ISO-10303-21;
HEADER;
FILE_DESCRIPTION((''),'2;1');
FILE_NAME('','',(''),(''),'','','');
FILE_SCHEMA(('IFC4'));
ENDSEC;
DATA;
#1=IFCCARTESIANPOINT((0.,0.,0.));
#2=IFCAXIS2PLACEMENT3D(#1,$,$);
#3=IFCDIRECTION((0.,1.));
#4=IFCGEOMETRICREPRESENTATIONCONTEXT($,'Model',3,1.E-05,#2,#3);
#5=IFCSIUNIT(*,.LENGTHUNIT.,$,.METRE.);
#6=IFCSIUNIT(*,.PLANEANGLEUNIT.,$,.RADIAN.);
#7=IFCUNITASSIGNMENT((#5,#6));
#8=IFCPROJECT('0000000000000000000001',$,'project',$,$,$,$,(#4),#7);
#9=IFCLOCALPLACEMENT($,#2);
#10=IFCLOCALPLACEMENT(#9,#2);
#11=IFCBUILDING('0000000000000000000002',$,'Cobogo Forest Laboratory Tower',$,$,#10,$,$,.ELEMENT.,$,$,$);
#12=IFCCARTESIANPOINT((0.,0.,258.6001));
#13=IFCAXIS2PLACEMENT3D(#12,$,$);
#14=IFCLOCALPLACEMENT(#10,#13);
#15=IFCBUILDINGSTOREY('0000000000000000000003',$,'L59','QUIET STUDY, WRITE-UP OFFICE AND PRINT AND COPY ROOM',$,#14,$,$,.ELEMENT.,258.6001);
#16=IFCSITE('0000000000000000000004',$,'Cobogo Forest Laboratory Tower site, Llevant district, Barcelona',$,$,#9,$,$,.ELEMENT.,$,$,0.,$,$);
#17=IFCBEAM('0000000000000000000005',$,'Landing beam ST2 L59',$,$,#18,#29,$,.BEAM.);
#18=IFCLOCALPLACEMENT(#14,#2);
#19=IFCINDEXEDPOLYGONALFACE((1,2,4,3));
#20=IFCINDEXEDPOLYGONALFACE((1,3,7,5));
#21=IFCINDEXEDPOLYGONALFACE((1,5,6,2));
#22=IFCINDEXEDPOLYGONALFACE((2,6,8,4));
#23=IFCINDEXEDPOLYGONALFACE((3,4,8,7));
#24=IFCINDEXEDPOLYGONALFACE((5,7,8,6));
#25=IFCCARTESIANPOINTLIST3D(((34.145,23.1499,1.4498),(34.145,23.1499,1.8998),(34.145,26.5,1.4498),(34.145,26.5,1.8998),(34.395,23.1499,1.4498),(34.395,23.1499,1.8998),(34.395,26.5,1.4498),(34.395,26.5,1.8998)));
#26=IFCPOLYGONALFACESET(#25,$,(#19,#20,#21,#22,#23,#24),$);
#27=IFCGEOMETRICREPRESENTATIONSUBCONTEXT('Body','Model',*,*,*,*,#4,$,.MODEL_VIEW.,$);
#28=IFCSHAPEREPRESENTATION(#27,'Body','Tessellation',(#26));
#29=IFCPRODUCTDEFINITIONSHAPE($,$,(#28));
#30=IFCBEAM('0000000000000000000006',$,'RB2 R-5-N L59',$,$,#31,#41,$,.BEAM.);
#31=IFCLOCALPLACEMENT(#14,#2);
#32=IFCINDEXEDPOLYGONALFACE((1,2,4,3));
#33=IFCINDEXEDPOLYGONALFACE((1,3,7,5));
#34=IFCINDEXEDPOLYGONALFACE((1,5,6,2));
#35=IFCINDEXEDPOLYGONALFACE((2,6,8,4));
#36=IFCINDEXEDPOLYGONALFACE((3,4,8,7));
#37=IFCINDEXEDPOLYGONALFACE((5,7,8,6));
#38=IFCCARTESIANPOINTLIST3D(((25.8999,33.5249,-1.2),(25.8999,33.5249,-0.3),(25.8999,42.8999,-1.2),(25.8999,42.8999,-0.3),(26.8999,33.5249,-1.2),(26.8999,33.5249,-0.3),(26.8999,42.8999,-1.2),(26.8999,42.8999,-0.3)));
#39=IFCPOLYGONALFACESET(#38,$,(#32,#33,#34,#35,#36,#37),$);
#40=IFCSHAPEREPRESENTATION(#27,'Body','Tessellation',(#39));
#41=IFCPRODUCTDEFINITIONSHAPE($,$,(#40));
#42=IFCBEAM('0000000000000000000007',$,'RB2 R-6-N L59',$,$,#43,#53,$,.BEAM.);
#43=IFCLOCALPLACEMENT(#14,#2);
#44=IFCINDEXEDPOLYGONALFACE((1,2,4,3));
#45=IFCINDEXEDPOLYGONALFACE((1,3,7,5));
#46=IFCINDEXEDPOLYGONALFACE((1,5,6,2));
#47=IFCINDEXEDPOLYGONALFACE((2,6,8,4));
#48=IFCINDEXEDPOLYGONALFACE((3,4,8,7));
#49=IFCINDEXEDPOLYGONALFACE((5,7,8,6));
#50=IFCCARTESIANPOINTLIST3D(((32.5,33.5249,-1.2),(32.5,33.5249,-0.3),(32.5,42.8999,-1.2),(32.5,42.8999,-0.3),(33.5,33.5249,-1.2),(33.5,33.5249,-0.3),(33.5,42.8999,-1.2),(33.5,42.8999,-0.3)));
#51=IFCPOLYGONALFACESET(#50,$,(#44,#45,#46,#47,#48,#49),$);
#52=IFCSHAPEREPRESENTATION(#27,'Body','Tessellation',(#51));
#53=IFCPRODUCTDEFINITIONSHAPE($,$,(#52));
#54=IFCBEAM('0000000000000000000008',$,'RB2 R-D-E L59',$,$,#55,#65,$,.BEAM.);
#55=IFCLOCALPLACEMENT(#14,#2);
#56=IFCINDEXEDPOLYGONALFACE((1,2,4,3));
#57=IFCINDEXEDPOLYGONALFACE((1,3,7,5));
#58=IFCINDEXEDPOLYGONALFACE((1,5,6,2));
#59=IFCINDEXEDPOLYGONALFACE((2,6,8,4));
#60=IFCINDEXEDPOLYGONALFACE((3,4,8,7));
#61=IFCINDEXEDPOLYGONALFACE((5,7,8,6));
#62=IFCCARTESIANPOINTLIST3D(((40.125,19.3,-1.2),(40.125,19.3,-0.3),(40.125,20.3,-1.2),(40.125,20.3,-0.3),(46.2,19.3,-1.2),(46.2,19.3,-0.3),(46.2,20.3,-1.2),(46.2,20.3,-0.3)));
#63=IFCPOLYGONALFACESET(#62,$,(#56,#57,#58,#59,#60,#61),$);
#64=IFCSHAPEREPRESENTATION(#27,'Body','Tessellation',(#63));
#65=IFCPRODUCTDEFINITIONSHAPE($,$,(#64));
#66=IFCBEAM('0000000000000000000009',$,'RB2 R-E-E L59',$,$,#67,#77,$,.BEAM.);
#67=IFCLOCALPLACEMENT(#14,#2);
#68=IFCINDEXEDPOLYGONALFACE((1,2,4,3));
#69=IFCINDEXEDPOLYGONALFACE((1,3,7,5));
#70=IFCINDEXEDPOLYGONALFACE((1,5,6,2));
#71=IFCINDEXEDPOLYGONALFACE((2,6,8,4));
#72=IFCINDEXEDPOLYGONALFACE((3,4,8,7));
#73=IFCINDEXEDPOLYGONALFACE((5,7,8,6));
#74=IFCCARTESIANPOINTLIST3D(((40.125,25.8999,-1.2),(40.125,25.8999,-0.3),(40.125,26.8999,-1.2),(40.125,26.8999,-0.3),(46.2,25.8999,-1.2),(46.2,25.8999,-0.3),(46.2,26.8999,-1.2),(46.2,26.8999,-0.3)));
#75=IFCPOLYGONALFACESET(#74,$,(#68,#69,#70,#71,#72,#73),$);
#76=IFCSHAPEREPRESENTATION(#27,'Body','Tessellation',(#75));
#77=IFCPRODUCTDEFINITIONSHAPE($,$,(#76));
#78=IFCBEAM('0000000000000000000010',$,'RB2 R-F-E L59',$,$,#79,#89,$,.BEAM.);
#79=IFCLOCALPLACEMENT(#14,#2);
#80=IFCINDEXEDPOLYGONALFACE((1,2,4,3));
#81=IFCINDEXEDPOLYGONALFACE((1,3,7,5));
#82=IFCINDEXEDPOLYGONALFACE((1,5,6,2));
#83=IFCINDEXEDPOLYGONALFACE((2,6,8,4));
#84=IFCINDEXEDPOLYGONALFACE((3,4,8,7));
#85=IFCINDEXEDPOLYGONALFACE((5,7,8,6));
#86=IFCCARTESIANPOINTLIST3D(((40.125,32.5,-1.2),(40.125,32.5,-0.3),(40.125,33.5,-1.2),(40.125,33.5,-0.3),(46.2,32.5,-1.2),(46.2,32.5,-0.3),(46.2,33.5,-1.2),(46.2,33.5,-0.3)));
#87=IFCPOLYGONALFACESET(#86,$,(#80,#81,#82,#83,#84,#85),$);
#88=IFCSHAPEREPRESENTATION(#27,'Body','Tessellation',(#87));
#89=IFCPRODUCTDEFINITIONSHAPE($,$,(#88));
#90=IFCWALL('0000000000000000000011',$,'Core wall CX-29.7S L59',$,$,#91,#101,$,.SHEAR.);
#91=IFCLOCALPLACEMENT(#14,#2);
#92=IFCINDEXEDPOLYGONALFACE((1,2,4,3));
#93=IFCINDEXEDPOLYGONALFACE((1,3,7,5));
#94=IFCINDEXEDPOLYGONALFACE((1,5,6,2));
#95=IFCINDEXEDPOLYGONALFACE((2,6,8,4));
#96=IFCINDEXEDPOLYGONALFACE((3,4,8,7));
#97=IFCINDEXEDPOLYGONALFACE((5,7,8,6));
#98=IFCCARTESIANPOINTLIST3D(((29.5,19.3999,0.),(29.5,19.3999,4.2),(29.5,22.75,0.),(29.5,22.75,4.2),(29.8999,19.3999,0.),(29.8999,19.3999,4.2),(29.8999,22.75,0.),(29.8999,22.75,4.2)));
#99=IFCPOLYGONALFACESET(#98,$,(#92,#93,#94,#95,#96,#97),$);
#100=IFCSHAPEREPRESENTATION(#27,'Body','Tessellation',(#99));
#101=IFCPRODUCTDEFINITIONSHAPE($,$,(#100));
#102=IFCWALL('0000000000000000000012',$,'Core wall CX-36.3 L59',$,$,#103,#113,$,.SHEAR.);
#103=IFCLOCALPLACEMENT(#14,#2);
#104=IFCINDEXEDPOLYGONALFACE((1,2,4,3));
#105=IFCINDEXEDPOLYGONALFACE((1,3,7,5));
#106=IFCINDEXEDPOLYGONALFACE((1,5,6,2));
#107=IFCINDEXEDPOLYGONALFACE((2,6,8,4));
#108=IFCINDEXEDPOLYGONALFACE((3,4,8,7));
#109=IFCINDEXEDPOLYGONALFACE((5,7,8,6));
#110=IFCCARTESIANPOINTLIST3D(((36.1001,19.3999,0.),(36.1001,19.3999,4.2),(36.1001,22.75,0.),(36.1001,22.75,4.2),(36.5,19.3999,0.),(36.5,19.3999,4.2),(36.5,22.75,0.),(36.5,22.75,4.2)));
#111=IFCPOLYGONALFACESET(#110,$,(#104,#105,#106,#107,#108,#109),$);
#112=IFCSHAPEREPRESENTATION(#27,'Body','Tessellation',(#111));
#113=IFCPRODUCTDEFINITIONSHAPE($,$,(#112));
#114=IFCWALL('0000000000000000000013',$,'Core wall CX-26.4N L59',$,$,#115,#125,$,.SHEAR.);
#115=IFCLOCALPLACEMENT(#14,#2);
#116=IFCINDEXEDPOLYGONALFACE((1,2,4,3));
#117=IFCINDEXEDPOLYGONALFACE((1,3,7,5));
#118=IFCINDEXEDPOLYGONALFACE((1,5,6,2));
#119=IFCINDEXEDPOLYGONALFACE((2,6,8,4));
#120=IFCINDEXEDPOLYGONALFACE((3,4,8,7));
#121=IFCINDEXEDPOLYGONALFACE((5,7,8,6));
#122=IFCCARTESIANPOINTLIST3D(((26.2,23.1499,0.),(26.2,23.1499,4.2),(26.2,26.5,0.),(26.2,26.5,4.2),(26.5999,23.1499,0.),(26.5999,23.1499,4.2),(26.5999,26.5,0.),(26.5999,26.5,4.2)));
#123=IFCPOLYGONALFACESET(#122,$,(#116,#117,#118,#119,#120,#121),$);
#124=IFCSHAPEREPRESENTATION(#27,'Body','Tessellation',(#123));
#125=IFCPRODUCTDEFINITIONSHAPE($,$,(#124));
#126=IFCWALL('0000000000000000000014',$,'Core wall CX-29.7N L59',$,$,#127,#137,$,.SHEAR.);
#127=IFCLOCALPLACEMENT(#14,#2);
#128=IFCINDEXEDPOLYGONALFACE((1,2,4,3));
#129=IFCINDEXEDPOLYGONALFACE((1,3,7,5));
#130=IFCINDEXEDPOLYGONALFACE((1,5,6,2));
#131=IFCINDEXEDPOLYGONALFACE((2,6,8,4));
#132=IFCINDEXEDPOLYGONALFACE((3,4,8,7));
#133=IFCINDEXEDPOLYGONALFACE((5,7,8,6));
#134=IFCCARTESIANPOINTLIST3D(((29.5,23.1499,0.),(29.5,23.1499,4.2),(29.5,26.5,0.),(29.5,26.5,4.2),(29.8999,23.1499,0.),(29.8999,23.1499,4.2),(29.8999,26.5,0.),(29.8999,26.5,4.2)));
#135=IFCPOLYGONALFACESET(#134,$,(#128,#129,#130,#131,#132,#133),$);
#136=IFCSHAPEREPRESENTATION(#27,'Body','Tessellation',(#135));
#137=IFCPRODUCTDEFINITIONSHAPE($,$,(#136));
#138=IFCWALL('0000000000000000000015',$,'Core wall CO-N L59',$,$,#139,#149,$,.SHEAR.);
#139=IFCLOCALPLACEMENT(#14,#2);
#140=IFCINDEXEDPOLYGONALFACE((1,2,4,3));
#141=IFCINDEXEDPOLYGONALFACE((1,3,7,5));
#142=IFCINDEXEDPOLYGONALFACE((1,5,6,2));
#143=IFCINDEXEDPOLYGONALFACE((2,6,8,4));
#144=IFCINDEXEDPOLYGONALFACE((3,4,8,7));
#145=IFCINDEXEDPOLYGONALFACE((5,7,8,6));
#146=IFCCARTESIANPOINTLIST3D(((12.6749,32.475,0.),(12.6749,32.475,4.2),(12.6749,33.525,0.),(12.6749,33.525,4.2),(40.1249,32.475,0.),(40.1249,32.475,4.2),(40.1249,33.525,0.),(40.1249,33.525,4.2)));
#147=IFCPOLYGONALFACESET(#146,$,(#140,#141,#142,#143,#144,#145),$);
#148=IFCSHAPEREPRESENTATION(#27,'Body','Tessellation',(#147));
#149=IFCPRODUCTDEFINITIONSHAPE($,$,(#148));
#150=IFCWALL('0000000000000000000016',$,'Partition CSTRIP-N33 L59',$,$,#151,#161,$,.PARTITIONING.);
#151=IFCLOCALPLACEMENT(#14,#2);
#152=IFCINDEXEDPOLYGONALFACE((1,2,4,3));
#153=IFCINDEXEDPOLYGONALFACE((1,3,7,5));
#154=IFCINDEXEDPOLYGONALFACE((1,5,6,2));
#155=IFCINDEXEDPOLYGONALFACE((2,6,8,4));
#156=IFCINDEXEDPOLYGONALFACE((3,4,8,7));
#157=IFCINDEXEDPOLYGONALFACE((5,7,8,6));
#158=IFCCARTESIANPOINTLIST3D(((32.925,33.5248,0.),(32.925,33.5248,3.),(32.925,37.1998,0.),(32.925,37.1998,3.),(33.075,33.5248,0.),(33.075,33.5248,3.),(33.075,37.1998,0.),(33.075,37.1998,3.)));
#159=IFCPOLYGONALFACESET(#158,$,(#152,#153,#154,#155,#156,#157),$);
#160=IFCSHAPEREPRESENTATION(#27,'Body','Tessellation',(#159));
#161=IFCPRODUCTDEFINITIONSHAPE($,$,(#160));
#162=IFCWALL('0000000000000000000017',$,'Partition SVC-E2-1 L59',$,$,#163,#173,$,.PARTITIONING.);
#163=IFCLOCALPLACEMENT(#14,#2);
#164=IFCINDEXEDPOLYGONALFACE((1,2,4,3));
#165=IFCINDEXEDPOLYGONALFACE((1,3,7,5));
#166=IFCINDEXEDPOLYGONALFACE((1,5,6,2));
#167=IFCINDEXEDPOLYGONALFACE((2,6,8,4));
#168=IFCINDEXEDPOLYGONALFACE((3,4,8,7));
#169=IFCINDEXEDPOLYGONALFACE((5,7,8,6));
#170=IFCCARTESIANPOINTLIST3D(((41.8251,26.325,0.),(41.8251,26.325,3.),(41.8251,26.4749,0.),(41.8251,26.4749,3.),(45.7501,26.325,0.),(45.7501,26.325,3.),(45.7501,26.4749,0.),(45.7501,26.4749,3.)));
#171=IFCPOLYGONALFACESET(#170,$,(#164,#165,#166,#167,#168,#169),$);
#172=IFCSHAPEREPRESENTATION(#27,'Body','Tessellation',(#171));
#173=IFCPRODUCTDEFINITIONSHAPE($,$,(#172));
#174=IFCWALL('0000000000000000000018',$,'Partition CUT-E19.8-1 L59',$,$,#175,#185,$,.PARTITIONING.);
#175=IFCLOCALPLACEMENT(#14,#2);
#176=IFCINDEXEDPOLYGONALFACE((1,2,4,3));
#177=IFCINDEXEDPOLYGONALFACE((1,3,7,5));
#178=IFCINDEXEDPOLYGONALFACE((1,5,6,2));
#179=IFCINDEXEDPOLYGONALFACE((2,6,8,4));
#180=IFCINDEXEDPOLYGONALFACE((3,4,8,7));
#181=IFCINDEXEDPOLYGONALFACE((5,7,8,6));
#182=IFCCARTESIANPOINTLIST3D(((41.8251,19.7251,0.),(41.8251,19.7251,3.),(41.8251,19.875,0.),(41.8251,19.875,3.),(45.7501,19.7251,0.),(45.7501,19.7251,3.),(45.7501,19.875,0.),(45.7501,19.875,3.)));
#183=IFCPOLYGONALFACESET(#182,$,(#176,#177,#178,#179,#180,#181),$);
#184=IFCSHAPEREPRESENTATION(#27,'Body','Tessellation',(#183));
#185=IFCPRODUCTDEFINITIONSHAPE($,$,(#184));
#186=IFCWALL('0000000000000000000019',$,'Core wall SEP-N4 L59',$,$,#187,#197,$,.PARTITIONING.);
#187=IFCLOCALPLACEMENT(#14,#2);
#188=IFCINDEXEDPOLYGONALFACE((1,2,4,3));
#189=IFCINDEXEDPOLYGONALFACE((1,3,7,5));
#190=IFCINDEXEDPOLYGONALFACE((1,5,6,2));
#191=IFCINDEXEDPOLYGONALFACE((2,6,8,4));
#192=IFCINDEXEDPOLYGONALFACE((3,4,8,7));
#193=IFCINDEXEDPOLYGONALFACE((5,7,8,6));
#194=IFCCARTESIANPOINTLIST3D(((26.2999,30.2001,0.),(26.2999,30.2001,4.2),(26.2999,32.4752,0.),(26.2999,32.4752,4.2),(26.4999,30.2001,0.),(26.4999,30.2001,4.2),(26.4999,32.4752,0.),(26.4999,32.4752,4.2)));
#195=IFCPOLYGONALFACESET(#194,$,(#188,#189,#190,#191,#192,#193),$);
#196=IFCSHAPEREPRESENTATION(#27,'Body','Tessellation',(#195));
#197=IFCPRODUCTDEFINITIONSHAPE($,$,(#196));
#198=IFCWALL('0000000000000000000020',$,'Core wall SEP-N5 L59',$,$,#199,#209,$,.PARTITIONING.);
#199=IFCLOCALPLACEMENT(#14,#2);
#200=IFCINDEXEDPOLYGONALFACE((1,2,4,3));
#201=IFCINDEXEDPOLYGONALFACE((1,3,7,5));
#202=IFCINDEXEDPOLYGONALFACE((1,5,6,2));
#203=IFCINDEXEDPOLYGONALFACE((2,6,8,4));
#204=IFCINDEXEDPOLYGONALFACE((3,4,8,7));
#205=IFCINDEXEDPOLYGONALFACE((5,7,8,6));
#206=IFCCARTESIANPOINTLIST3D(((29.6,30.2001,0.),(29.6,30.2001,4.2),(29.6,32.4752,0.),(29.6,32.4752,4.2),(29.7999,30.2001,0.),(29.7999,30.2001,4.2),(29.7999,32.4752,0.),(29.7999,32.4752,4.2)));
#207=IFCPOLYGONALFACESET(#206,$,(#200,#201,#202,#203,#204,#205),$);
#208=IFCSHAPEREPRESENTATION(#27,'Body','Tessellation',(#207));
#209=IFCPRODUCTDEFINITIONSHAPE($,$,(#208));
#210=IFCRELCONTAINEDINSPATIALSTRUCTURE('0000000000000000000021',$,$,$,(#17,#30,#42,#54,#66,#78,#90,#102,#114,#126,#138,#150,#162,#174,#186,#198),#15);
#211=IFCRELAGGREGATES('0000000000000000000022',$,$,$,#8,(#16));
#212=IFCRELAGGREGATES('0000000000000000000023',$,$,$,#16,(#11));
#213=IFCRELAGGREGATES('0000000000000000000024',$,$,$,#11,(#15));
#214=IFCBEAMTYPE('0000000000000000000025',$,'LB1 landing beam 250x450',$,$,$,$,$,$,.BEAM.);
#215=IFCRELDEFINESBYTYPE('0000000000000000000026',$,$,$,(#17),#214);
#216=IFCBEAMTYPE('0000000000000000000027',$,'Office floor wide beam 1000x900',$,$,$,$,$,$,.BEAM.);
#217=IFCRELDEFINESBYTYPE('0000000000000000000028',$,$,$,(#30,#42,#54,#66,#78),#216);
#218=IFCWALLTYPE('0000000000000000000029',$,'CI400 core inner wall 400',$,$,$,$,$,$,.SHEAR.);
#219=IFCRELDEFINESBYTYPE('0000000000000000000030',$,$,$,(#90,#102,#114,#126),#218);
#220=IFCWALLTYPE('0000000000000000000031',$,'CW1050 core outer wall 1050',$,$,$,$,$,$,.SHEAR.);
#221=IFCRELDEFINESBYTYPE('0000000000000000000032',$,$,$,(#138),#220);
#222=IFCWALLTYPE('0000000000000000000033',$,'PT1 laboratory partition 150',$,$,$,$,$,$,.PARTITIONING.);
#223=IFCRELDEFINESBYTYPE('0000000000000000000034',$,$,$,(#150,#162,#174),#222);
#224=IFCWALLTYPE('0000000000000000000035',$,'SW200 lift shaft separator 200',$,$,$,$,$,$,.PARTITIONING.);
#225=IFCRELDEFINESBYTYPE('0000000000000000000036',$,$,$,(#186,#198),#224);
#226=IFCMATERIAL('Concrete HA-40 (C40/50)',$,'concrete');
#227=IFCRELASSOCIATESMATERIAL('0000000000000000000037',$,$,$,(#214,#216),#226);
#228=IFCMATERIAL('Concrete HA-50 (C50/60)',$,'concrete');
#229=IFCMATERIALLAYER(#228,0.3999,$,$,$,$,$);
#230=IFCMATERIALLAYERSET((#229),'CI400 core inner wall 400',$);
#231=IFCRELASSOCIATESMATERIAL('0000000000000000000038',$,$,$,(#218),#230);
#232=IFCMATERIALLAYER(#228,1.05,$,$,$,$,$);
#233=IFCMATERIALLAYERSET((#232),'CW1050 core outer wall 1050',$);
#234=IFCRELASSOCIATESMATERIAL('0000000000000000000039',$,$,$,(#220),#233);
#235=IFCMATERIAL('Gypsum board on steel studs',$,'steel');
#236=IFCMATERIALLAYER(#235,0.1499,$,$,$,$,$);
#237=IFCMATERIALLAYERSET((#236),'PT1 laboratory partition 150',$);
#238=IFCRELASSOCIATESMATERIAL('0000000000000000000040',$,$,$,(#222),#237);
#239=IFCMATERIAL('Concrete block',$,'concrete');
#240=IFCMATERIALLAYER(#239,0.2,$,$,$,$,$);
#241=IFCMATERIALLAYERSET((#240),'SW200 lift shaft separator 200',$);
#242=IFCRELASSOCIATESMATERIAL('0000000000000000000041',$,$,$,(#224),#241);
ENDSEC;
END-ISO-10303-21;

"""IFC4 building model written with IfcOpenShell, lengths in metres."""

from ifc_helpers import new_model, si_unit, direction, frame, frame_2d, origin, origin_2d, place, context, subcontext, project, spatial, rectangle, extrude, material, layer, layer_set, material_profile, profile_set, type_object, element, save


model = new_model("IFC4")

# Units and contexts
model_context = context("Model", 3, precision=1e-05, world=origin(), true_north=direction((0.0, 1.0)))
body_context = subcontext(model_context, "Body", "Model", "MODEL_VIEW")
ifc_project = project(units=[si_unit("LENGTHUNIT", "METRE"), si_unit("PLANEANGLEUNIT", "RADIAN")], contexts=[model_context])

# Site, building, storey
site_placement = place(None, origin())
site = spatial("IfcSite", under=ifc_project, at=site_placement, Name="Cobogo Forest Laboratory Tower site, Llevant district, Barcelona", CompositionType="ELEMENT", RefElevation=0.0)
building_placement = place(site_placement, origin())
building = spatial("IfcBuilding", under=site, at=building_placement, Name="Cobogo Forest Laboratory Tower", CompositionType="ELEMENT")
storey_placement = place(building_placement, frame((0.0, 0.0, 258.6001)))
storey = spatial("IfcBuildingStorey", under=building, at=storey_placement, Name="L59", Description="QUIET STUDY, WRITE-UP OFFICE AND PRINT AND COPY ROOM", CompositionType="ELEMENT", Elevation=258.6001)

# Beams
ifc_material_1 = material(Name="Concrete HA-40 (C40/50)", Category="concrete")
ifc_material_profile_1 = material_profile(ifc_material_1, rectangle(XDim=0.25, YDim=0.45, at=origin_2d()), Name="RC 250x450")
ifc_profile_set_1 = profile_set([ifc_material_profile_1], Name="Concrete HA-40 (C40/50)")
beam_type_1 = type_object("IfcBeamType", Name="LB1 landing beam 250x450", PredefinedType="BEAM", material=ifc_profile_set_1)
beam_placement = place(storey_placement, frame((34.27, 23.1499, 1.6748), z_axis=(0.0, 1.0, 0.0), x_axis=(-1.0, 0.0, 0.0)))
element("IfcBeam", 1, at=beam_placement, inside=storey, type_object=beam_type_1, Name="Landing beam ST2 L59", PredefinedType="BEAM", context=body_context, shape_type="SweptSolid", body=[
    extrude(rectangle(XDim=0.25, YDim=0.45, at=origin_2d()), origin(), (0.0, 0.0, 1.0), 3.3501),
])
ifc_material_profile_2 = material_profile(ifc_material_1, rectangle(XDim=1.0, YDim=0.8999, at=origin_2d()), Name="RC 1000x900")
ifc_profile_set_2 = profile_set([ifc_material_profile_2], Name="Concrete HA-40 (C40/50)")
beam_type_2 = type_object("IfcBeamType", Name="Office floor wide beam 1000x900", PredefinedType="BEAM", material=ifc_profile_set_2)
for number, where, z_axis, x_axis, name in (
    (2, (26.3999, 33.5249, -0.75), (0.0, 1.0, 0.0), (-1.0, 0.0, 0.0), "RB2 R-5-N L59"),
    (3, (33.0, 33.5249, -0.75), (0.0, 1.0, 0.0), (-1.0, 0.0, 0.0), "RB2 R-6-N L59"),
):
    element("IfcBeam", number, at=place(storey_placement, frame(where, z_axis=z_axis, x_axis=x_axis)), inside=storey, type_object=beam_type_2, Name=name, PredefinedType="BEAM", context=body_context, shape_type="SweptSolid", body=[
        extrude(rectangle(XDim=1.0, YDim=0.8999, at=origin_2d()), origin(), (0.0, 0.0, 1.0), 9.375),
    ])
for number, where, z_axis, x_axis, name in (
    (4, (40.125, 19.8, -0.75), (1.0, 0.0, 0.0), (0.0, 1.0, 0.0), "RB2 R-D-E L59"),
    (5, (40.125, 26.3999, -0.75), (1.0, 0.0, 0.0), (0.0, 1.0, 0.0), "RB2 R-E-E L59"),
    (6, (40.125, 33.0, -0.75), (1.0, 0.0, 0.0), (0.0, 1.0, 0.0), "RB2 R-F-E L59"),
):
    element("IfcBeam", number, at=place(storey_placement, frame(where, z_axis=z_axis, x_axis=x_axis)), inside=storey, type_object=beam_type_2, Name=name, PredefinedType="BEAM", context=body_context, shape_type="SweptSolid", body=[
        extrude(rectangle(XDim=1.0, YDim=0.8999, at=origin_2d()), origin(), (0.0, 0.0, 1.0), 6.075),
    ])

# Walls
ifc_material_2 = material(Name="Concrete HA-50 (C50/60)", Category="concrete")
ifc_layer_1 = layer(ifc_material_2, 0.3999)
ifc_layer_set_1 = layer_set([ifc_layer_1], Name="CI400 core inner wall 400")
wall_type_1 = type_object("IfcWallType", Name="CI400 core inner wall 400", PredefinedType="SHEAR", material=ifc_layer_set_1)
for number, where, z_axis, x_axis, name in (
    (7, (29.7, 19.3999, 0.0), (0.0, 0.0, 1.0), (0.0, 1.0, 0.0), "Core wall CX-29.7S L59"),
    (8, (36.3, 19.3999, 0.0), (0.0, 0.0, 1.0), (0.0, 1.0, 0.0), "Core wall CX-36.3 L59"),
    (9, (26.3999, 23.1499, 0.0), (0.0, 0.0, 1.0), (0.0, 1.0, 0.0), "Core wall CX-26.4N L59"),
    (10, (29.7, 23.1499, 0.0), (0.0, 0.0, 1.0), (0.0, 1.0, 0.0), "Core wall CX-29.7N L59"),
):
    element("IfcWall", number, at=place(storey_placement, frame(where, z_axis=z_axis, x_axis=x_axis)), inside=storey, type_object=wall_type_1, Name=name, PredefinedType="SHEAR", context=body_context, shape_type="SweptSolid", body=[
        extrude(rectangle(XDim=3.3501, YDim=0.3999, at=frame_2d((1.675, 0.0))), origin(), (0.0, 0.0, 1.0), 4.2),
    ])
ifc_layer_2 = layer(ifc_material_2, 1.05)
ifc_layer_set_2 = layer_set([ifc_layer_2], Name="CW1050 core outer wall 1050")
wall_type_2 = type_object("IfcWallType", Name="CW1050 core outer wall 1050", PredefinedType="SHEAR", material=ifc_layer_set_2)
wall_1_placement = place(storey_placement, frame((40.125, 33.0, 0.0), z_axis=(0.0, 0.0, 1.0), x_axis=(-1.0, 0.0, 0.0)))
element("IfcWall", 11, at=wall_1_placement, inside=storey, type_object=wall_type_2, Name="Core wall CO-N L59", PredefinedType="SHEAR", context=body_context, shape_type="SweptSolid", body=[
    extrude(rectangle(XDim=27.45, YDim=1.05, at=frame_2d((13.7251, 0.0))), origin(), (0.0, 0.0, 1.0), 4.2),
])
ifc_material_3 = material(Name="Gypsum board on steel studs", Category="steel")
ifc_layer_3 = layer(ifc_material_3, 0.1499)
ifc_layer_set_3 = layer_set([ifc_layer_3], Name="PT1 laboratory partition 150")
wall_type_3 = type_object("IfcWallType", Name="PT1 laboratory partition 150", PredefinedType="PARTITIONING", material=ifc_layer_set_3)
wall_2_placement = place(storey_placement, frame((33.0, 33.5249, 0.0), z_axis=(0.0, 0.0, 1.0), x_axis=(0.0, 1.0, 0.0)))
element("IfcWall", 12, at=wall_2_placement, inside=storey, type_object=wall_type_3, Name="Partition CSTRIP-N33 L59", PredefinedType="PARTITIONING", context=body_context, shape_type="SweptSolid", body=[
    extrude(rectangle(XDim=3.675, YDim=0.1499, at=frame_2d((1.8374, 0.0))), origin(), (0.0, 0.0, 1.0), 3.0),
])
for number, where, z_axis, x_axis, name in (
    (13, (45.75, 26.3999, 0.0), (0.0, 0.0, 1.0), (-1.0, 0.0, 0.0), "Partition SVC-E2-1 L59"),
    (14, (45.75, 19.8, 0.0), (0.0, 0.0, 1.0), (-1.0, 0.0, 0.0), "Partition CUT-E19.8-1 L59"),
):
    element("IfcWall", number, at=place(storey_placement, frame(where, z_axis=z_axis, x_axis=x_axis)), inside=storey, type_object=wall_type_3, Name=name, PredefinedType="PARTITIONING", context=body_context, shape_type="SweptSolid", body=[
        extrude(rectangle(XDim=3.925, YDim=0.1499, at=frame_2d((1.9624, 0.0))), origin(), (0.0, 0.0, 1.0), 3.0),
    ])
ifc_material_4 = material(Name="Concrete block", Category="concrete")
ifc_layer_4 = layer(ifc_material_4, 0.2)
ifc_layer_set_4 = layer_set([ifc_layer_4], Name="SW200 lift shaft separator 200")
wall_type_4 = type_object("IfcWallType", Name="SW200 lift shaft separator 200", PredefinedType="PARTITIONING", material=ifc_layer_set_4)
for number, where, z_axis, x_axis, name in (
    (15, (26.3999, 30.2, 0.0), (0.0, 0.0, 1.0), (0.0, 1.0, 0.0), "Core wall SEP-N4 L59"),
    (16, (29.7, 30.2, 0.0), (0.0, 0.0, 1.0), (0.0, 1.0, 0.0), "Core wall SEP-N5 L59"),
):
    element("IfcWall", number, at=place(storey_placement, frame(where, z_axis=z_axis, x_axis=x_axis)), inside=storey, type_object=wall_type_4, Name=name, PredefinedType="PARTITIONING", context=body_context, shape_type="SweptSolid", body=[
        extrude(rectangle(XDim=2.2751, YDim=0.2, at=frame_2d((1.1377, 0.0))), origin(), (0.0, 0.0, 1.0), 4.2),
    ])

save(model, "model.ifc")
